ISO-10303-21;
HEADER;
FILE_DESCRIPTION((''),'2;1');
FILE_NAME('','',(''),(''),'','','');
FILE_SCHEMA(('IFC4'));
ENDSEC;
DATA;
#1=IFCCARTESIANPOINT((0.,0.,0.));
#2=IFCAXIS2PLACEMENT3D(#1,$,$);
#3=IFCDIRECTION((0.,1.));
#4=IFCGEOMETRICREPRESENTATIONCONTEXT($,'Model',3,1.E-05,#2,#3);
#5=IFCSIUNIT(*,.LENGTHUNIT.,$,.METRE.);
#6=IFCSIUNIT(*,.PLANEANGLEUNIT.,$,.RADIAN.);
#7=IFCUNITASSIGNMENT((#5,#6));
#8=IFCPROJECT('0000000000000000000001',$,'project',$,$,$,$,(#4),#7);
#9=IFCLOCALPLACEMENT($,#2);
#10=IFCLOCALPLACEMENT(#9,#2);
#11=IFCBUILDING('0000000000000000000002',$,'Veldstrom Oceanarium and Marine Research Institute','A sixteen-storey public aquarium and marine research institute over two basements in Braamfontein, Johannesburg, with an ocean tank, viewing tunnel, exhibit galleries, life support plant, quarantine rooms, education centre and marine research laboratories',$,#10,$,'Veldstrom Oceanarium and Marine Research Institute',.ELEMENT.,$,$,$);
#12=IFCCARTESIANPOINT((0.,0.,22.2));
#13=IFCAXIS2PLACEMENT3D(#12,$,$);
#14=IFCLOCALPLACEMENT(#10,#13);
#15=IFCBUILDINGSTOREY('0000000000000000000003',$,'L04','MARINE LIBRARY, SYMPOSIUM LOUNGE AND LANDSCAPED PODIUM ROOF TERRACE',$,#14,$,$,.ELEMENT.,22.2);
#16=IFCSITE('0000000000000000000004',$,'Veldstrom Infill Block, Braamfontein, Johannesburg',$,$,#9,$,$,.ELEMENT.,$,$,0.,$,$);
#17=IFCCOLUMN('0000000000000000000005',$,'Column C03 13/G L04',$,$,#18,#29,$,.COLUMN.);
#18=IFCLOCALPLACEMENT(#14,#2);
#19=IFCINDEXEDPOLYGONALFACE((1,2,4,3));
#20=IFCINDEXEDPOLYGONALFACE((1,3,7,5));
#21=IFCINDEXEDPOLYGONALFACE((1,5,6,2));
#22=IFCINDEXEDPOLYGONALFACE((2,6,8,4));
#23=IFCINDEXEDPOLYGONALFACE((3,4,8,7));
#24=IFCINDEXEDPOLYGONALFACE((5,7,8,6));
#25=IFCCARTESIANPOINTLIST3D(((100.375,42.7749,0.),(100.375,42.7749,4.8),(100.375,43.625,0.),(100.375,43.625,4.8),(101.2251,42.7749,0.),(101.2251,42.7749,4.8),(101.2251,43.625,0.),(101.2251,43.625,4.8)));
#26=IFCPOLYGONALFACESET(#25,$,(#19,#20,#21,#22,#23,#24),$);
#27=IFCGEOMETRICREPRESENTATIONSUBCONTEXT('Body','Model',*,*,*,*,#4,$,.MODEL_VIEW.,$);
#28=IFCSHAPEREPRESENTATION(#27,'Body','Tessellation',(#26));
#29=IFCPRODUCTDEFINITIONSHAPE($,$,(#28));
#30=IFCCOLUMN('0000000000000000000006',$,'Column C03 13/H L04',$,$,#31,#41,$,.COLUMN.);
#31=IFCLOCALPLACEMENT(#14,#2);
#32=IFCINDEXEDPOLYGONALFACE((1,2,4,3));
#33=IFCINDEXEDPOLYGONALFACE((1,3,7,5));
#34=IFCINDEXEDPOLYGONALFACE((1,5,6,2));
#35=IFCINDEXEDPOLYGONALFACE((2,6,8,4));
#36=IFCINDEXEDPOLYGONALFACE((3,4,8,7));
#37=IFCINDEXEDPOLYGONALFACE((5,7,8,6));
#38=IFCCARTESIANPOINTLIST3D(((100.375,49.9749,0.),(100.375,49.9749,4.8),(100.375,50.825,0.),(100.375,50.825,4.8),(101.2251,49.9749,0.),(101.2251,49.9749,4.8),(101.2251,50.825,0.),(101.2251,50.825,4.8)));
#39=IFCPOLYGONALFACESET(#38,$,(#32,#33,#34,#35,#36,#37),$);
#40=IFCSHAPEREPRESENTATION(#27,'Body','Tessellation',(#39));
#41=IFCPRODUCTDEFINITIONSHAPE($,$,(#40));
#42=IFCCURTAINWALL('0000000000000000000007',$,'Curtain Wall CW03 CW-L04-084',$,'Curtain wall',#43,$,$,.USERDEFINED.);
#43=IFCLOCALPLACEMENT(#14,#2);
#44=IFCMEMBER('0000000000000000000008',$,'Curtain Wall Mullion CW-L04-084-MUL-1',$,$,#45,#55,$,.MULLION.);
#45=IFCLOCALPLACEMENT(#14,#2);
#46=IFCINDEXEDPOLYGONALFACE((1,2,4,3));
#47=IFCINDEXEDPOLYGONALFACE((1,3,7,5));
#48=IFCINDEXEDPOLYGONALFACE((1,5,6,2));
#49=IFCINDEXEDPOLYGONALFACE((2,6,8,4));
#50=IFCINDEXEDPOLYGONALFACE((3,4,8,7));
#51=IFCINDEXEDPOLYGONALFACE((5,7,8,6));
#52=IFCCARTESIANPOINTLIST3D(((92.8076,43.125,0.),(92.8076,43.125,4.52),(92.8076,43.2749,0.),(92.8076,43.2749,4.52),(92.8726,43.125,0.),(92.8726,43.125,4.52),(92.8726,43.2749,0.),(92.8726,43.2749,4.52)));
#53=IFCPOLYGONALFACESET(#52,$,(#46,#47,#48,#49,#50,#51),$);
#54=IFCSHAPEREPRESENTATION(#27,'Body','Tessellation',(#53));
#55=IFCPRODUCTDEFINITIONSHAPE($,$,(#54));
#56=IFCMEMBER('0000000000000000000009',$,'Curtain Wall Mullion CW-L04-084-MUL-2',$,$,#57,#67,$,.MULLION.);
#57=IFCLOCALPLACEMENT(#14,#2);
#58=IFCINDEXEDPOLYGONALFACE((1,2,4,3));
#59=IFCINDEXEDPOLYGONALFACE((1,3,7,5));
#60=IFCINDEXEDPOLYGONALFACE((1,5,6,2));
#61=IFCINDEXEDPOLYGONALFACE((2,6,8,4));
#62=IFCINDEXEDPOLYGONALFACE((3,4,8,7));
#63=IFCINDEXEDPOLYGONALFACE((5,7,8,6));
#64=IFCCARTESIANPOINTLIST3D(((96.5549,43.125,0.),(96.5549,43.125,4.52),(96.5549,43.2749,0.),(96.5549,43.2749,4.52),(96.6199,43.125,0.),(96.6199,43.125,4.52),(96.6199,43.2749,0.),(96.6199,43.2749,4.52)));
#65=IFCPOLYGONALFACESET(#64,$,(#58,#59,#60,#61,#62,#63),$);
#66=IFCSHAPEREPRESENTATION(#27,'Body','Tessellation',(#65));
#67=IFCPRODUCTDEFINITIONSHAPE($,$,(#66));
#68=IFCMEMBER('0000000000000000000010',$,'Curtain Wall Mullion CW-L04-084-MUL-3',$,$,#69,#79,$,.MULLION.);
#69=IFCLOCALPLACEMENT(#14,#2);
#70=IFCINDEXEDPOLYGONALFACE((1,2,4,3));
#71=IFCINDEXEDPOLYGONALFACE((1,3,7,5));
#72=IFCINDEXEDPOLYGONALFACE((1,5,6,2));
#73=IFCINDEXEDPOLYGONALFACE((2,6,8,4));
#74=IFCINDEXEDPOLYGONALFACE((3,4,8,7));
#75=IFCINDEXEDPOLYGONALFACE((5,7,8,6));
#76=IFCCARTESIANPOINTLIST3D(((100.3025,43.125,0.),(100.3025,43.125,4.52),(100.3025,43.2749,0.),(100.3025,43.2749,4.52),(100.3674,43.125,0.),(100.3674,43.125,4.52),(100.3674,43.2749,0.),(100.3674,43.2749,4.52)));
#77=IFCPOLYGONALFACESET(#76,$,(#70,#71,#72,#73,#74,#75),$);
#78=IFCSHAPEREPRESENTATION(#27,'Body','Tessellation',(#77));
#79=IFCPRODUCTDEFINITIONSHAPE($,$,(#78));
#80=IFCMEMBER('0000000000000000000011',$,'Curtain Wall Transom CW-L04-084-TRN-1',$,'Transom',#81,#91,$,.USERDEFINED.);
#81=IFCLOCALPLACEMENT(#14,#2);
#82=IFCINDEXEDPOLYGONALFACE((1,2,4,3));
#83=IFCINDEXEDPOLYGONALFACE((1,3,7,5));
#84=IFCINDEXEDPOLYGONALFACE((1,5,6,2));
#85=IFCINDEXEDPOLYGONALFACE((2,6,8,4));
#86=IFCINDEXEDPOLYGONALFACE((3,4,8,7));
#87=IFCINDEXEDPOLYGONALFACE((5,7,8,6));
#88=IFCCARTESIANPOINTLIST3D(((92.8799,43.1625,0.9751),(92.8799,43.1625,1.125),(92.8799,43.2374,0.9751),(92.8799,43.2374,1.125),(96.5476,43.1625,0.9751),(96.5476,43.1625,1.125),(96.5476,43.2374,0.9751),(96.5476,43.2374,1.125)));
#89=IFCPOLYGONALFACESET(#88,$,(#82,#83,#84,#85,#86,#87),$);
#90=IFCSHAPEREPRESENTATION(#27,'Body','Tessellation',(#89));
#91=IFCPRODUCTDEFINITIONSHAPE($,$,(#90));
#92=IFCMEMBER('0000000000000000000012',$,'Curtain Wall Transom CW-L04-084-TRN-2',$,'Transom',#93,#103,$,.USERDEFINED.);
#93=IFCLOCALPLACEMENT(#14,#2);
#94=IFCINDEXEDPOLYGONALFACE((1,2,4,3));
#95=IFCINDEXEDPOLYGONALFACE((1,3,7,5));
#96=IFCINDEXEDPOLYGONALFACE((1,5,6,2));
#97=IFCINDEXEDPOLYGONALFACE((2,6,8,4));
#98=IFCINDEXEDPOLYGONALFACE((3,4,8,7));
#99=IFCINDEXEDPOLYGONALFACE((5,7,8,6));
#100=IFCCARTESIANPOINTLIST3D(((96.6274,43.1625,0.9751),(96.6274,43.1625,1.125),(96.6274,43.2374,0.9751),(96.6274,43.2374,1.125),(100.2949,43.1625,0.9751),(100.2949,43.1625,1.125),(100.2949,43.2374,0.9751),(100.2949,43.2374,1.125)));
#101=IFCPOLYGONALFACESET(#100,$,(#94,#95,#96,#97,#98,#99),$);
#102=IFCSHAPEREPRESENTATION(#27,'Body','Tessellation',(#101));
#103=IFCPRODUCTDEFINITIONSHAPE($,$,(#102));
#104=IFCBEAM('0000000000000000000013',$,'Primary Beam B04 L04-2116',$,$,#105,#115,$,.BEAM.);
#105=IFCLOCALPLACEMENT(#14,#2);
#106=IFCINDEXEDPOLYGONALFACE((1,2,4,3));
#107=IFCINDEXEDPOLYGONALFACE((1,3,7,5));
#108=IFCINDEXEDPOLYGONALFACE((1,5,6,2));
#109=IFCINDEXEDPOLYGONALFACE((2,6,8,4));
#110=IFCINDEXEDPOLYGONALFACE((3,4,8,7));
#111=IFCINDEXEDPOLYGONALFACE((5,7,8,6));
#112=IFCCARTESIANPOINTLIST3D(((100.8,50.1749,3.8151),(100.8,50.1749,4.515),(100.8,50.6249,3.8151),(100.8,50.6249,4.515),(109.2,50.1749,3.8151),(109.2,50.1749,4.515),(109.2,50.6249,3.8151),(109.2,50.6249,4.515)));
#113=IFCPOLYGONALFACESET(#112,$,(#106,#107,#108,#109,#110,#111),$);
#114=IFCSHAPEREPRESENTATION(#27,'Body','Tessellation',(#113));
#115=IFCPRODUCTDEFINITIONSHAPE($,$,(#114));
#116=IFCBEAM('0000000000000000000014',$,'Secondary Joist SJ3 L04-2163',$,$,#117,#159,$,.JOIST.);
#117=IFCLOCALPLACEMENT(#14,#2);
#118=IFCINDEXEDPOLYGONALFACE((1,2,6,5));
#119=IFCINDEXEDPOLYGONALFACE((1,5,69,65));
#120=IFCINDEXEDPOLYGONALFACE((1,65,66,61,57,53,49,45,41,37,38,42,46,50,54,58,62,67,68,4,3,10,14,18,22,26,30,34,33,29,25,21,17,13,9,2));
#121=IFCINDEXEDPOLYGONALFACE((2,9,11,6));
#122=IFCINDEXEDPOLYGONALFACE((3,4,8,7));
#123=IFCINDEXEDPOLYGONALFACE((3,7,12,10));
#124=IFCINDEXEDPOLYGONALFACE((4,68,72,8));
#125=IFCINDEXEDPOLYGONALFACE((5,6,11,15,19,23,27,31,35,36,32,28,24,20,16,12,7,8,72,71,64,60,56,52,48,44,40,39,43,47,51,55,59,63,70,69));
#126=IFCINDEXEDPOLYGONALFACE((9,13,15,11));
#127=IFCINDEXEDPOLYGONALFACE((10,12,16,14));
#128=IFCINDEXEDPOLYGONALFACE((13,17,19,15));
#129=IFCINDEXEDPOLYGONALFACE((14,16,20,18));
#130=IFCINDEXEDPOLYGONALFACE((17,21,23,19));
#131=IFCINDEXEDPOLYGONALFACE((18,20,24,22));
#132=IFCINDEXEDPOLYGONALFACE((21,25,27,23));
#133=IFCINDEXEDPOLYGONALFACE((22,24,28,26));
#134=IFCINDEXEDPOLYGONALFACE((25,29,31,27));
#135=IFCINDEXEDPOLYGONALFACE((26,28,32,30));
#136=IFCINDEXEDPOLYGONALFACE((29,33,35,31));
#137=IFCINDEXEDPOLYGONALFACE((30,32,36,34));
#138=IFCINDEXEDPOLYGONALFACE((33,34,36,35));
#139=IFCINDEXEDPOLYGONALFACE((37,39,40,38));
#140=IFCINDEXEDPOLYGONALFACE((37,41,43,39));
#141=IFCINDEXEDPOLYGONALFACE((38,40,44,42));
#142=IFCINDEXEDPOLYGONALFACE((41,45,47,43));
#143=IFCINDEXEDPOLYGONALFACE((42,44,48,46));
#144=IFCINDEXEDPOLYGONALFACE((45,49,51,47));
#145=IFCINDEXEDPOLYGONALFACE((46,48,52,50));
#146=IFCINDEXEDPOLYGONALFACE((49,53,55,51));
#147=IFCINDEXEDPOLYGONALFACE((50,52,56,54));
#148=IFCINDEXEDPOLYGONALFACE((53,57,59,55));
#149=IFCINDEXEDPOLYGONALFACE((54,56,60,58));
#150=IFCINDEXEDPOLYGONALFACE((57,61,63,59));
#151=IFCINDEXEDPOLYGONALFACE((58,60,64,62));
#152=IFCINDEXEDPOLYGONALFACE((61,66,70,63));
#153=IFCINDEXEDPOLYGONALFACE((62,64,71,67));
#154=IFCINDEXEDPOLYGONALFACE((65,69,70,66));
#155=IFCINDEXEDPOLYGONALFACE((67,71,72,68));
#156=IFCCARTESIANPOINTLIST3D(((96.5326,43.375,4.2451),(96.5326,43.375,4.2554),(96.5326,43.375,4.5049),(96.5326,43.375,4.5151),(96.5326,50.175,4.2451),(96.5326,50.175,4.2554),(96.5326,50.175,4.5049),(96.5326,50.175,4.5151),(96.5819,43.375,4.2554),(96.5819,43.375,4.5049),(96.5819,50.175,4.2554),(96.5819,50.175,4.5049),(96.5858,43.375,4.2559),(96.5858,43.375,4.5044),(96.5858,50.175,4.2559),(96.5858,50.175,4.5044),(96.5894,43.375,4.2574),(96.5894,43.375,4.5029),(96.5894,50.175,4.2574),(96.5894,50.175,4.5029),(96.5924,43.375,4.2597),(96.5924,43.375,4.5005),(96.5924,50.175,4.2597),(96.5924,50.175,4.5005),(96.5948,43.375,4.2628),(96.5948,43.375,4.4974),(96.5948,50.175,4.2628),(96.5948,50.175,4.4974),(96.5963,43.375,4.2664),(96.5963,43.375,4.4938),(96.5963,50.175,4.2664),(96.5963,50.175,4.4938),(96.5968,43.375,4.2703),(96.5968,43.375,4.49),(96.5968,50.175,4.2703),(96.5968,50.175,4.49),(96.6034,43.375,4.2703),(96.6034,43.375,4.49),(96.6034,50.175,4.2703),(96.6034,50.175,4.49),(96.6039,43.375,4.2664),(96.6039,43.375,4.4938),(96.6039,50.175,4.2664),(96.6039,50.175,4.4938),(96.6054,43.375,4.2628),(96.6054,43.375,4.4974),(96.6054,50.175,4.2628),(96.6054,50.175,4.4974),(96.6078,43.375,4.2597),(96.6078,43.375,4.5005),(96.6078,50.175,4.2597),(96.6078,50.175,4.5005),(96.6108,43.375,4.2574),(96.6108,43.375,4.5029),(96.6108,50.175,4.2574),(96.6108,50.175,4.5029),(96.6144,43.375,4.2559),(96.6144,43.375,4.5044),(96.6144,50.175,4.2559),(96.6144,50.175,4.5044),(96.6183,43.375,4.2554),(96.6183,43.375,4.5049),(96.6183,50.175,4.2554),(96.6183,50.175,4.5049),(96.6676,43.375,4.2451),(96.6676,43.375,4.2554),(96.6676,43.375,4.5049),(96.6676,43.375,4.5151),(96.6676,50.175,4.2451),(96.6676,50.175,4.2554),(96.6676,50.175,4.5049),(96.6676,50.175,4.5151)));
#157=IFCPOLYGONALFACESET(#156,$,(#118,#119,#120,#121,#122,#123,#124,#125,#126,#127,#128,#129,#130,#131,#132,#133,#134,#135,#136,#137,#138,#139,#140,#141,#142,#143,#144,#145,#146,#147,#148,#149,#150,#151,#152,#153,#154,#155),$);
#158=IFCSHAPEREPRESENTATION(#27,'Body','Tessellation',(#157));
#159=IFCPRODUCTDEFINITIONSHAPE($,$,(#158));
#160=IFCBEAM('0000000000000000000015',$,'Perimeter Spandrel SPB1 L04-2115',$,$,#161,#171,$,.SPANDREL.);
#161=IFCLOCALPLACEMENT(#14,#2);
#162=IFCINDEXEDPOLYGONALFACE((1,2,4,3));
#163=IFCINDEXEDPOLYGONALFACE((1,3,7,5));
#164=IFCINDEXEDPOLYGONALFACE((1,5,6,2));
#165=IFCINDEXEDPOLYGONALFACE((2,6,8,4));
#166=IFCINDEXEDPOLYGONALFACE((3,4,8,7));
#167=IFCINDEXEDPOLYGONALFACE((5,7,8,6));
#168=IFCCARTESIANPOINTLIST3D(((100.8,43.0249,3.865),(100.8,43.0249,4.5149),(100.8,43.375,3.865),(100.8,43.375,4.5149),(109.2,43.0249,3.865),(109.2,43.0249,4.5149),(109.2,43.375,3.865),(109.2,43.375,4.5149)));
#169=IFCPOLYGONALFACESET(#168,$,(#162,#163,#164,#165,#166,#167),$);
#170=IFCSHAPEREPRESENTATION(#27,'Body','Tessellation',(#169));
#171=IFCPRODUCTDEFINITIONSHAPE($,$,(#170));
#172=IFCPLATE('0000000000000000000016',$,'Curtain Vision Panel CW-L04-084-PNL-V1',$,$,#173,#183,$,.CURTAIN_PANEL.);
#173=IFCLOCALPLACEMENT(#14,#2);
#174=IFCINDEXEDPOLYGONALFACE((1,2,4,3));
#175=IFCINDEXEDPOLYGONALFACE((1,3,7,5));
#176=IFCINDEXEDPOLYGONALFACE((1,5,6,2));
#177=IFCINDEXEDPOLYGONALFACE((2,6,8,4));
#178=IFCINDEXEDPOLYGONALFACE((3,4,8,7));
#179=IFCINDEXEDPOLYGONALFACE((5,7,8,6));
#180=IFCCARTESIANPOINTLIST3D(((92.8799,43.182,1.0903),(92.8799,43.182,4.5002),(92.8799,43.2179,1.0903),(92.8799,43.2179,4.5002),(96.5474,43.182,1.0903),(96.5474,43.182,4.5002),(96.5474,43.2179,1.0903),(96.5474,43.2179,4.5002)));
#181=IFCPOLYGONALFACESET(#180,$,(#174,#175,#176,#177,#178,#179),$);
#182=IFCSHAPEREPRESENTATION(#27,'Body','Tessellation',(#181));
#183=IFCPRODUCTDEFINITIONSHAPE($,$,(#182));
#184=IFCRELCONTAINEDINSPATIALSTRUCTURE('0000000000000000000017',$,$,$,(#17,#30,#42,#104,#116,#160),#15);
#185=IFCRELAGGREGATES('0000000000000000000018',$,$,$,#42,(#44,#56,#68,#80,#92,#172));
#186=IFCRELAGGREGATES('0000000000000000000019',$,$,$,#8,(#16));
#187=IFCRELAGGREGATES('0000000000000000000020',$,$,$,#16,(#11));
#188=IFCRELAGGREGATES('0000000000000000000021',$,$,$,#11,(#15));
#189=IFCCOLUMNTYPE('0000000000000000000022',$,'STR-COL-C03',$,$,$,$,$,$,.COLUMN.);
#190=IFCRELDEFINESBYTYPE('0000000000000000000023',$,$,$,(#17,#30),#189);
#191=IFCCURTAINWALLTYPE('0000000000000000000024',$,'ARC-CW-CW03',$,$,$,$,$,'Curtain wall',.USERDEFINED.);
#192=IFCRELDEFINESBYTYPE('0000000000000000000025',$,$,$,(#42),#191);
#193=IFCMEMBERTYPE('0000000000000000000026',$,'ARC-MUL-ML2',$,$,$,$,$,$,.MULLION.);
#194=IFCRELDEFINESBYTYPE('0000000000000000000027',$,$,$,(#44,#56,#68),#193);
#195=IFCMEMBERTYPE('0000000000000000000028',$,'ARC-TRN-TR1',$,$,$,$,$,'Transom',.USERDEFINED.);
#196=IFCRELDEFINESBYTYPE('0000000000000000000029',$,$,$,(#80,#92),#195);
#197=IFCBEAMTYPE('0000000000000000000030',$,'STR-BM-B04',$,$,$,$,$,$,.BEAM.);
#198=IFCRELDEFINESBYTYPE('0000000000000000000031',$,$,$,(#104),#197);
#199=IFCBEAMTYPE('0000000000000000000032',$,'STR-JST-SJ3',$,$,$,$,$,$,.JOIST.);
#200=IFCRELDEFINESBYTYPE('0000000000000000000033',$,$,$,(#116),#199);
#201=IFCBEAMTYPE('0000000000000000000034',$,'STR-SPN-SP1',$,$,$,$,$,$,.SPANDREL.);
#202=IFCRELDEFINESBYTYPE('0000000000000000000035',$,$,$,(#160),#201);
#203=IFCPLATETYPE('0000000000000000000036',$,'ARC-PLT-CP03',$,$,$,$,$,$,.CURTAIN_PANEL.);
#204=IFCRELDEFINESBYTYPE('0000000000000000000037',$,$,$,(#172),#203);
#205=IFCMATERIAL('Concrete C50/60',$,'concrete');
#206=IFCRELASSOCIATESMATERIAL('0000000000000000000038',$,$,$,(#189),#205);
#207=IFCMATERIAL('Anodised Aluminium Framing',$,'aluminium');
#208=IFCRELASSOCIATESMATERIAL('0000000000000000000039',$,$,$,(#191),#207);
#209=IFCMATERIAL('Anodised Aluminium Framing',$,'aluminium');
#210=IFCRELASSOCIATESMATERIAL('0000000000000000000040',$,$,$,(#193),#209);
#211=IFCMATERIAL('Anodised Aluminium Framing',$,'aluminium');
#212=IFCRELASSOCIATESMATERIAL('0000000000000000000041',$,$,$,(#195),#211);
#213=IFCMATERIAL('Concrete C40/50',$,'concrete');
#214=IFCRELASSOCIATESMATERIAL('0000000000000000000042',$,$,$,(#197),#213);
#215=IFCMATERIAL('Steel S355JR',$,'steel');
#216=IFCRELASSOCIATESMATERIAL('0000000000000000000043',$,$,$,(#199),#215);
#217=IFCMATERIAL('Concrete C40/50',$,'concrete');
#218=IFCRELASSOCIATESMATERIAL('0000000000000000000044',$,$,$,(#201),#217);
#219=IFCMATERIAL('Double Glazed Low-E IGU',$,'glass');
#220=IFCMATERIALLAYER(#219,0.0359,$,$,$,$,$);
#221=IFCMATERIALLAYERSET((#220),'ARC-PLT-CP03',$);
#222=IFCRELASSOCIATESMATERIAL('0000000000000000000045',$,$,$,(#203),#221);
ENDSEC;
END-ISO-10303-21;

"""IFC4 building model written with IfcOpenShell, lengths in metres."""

from ifc_helpers import new_model, si_unit, direction, frame, origin, origin_2d, place, context, subcontext, project, spatial, rectangle, i_section, extrude, material, layer, layer_set, material_profile, profile_set, type_object, element, aggregate, save


model = new_model("IFC4")

# Units and contexts
model_context = context("Model", 3, precision=1e-05, world=origin(), true_north=direction((0.0, 1.0)))
body_context = subcontext(model_context, "Body", "Model", "MODEL_VIEW")
ifc_project = project(units=[si_unit("LENGTHUNIT", "METRE"), si_unit("PLANEANGLEUNIT", "RADIAN")], contexts=[model_context])

# Site, building, storey
site_placement = place(None, origin())
site = spatial("IfcSite", under=ifc_project, at=site_placement, Name="Veldstrom Infill Block, Braamfontein, Johannesburg", CompositionType="ELEMENT", RefElevation=0.0)
building_placement = place(site_placement, origin())
building = spatial("IfcBuilding", under=site, at=building_placement, Name="Veldstrom Oceanarium and Marine Research Institute", Description="A sixteen-storey public aquarium and marine research institute over two basements in Braamfontein, Johannesburg, with an ocean tank, viewing tunnel, exhibit galleries, life support plant, quarantine rooms, education centre and marine research laboratories", LongName="Veldstrom Oceanarium and Marine Research Institute", CompositionType="ELEMENT")
storey_placement = place(building_placement, frame((0.0, 0.0, 22.2)))
storey = spatial("IfcBuildingStorey", under=building, at=storey_placement, Name="L04", Description="MARINE LIBRARY, SYMPOSIUM LOUNGE AND LANDSCAPED PODIUM ROOF TERRACE", CompositionType="ELEMENT", Elevation=22.2)

# Columns
ifc_material_1 = material(Name="Concrete C50/60", Category="concrete")
ifc_material_profile_1 = material_profile(ifc_material_1, rectangle(XDim=0.8501, YDim=0.8501, at=origin_2d()), Name="RC-COL-850x850")
ifc_profile_set_1 = profile_set([ifc_material_profile_1], Name="Concrete C50/60")
column_type = type_object("IfcColumnType", Name="STR-COL-C03", PredefinedType="COLUMN", material=ifc_profile_set_1)
for number, where, z_axis, x_axis, name in (
    (1, (100.8, 43.2, 0.0), (0.0, 0.0, 1.0), (1.0, 0.0, 0.0), "Column C03 13/G L04"),
    (2, (100.8, 50.3999, 0.0), (0.0, 0.0, 1.0), (1.0, 0.0, 0.0), "Column C03 13/H L04"),
):
    element("IfcColumn", number, at=place(storey_placement, frame(where, z_axis=z_axis, x_axis=x_axis)), inside=storey, type_object=column_type, Name=name, PredefinedType="COLUMN", context=body_context, shape_type="SweptSolid", body=[
        extrude(rectangle(XDim=0.8501, YDim=0.8501, at=origin_2d()), origin(), (0.0, 0.0, 1.0), 4.8),
    ])

# Curtain wall, members
ifc_material_2 = material(Name="Anodised Aluminium Framing", Category="aluminium")
curtain_wall_type = type_object("IfcCurtainWallType", Name="ARC-CW-CW03", ElementType="Curtain wall", PredefinedType="USERDEFINED", material=ifc_material_2)
curtain_wall_placement = place(storey_placement, origin())
curtain_wall = element("IfcCurtainWall", 3, at=curtain_wall_placement, inside=storey, type_object=curtain_wall_type, Name="Curtain Wall CW03 CW-L04-084", ObjectType="Curtain wall", PredefinedType="USERDEFINED")
ifc_material_3 = material(Name="Anodised Aluminium Framing", Category="aluminium")
ifc_material_profile_2 = material_profile(ifc_material_3, rectangle(XDim=0.0649, YDim=0.1499, at=origin_2d()), Name="ALU-MUL-65x150")
ifc_profile_set_2 = profile_set([ifc_material_profile_2], Name="Anodised Aluminium Framing")
member_type_1 = type_object("IfcMemberType", Name="ARC-MUL-ML2", PredefinedType="MULLION", material=ifc_profile_set_2)
member_1_placement = place(storey_placement, frame((92.8401, 43.2, 0.0), z_axis=(0.0, 0.0, 1.0), x_axis=(1.0, 0.0, 0.0)))
member_1 = element("IfcMember", 4, at=member_1_placement, type_object=member_type_1, Name="Curtain Wall Mullion CW-L04-084-MUL-1", PredefinedType="MULLION", context=body_context, shape_type="SweptSolid", body=[
    extrude(rectangle(XDim=0.0649, YDim=0.1499, at=origin_2d()), origin(), (0.0, 0.0, 1.0), 4.52),
])
member_2_placement = place(storey_placement, frame((96.5874, 43.2, 0.0), z_axis=(0.0, 0.0, 1.0), x_axis=(1.0, 0.0, 0.0)))
member_2 = element("IfcMember", 5, at=member_2_placement, type_object=member_type_1, Name="Curtain Wall Mullion CW-L04-084-MUL-2", PredefinedType="MULLION", context=body_context, shape_type="SweptSolid", body=[
    extrude(rectangle(XDim=0.0649, YDim=0.1499, at=origin_2d()), origin(), (0.0, 0.0, 1.0), 4.52),
])
member_3_placement = place(storey_placement, frame((100.335, 43.2, 0.0), z_axis=(0.0, 0.0, 1.0), x_axis=(1.0, 0.0, 0.0)))
member_3 = element("IfcMember", 6, at=member_3_placement, type_object=member_type_1, Name="Curtain Wall Mullion CW-L04-084-MUL-3", PredefinedType="MULLION", context=body_context, shape_type="SweptSolid", body=[
    extrude(rectangle(XDim=0.0649, YDim=0.1499, at=origin_2d()), origin(), (0.0, 0.0, 1.0), 4.52),
])
ifc_material_4 = material(Name="Anodised Aluminium Framing", Category="aluminium")
ifc_material_profile_3 = material_profile(ifc_material_4, rectangle(XDim=0.075, YDim=0.1499, at=origin_2d()), Name="ALU-TRN-75x150")
ifc_profile_set_3 = profile_set([ifc_material_profile_3], Name="Anodised Aluminium Framing")
member_type_2 = type_object("IfcMemberType", Name="ARC-TRN-TR1", ElementType="Transom", PredefinedType="USERDEFINED", material=ifc_profile_set_3)
member_4_placement = place(storey_placement, frame((92.8799, 43.2, 1.05), z_axis=(1.0, 0.0, 0.0), x_axis=(0.0, 1.0, 0.0)))
member_4 = element("IfcMember", 7, at=member_4_placement, type_object=member_type_2, Name="Curtain Wall Transom CW-L04-084-TRN-1", ObjectType="Transom", PredefinedType="USERDEFINED", context=body_context, shape_type="SweptSolid", body=[
    extrude(rectangle(XDim=0.075, YDim=0.1499, at=origin_2d()), origin(), (0.0, 0.0, 1.0), 3.6677),
])
member_5_placement = place(storey_placement, frame((96.6274, 43.2, 1.05), z_axis=(1.0, 0.0, 0.0), x_axis=(0.0, 1.0, 0.0)))
member_5 = element("IfcMember", 8, at=member_5_placement, type_object=member_type_2, Name="Curtain Wall Transom CW-L04-084-TRN-2", ObjectType="Transom", PredefinedType="USERDEFINED", context=body_context, shape_type="SweptSolid", body=[
    extrude(rectangle(XDim=0.075, YDim=0.1499, at=origin_2d()), origin(), (0.0, 0.0, 1.0), 3.6675),
])

# Beams
ifc_material_5 = material(Name="Concrete C40/50", Category="concrete")
ifc_material_profile_4 = material_profile(ifc_material_5, rectangle(XDim=0.45, YDim=0.7, at=origin_2d()), Name="RC-BM-450x700")
ifc_profile_set_4 = profile_set([ifc_material_profile_4], Name="Concrete C40/50")
beam_type_1 = type_object("IfcBeamType", Name="STR-BM-B04", PredefinedType="BEAM", material=ifc_profile_set_4)
beam_1_placement = place(storey_placement, frame((100.8, 50.3999, 4.165), z_axis=(1.0, 0.0, 0.0), x_axis=(0.0, 1.0, 0.0)))
element("IfcBeam", 9, at=beam_1_placement, inside=storey, type_object=beam_type_1, Name="Primary Beam B04 L04-2116", PredefinedType="BEAM", context=body_context, shape_type="SweptSolid", body=[
    extrude(rectangle(XDim=0.45, YDim=0.7, at=origin_2d()), origin(), (0.0, 0.0, 1.0), 8.3999),
])
ifc_material_6 = material(Name="Steel S355JR", Category="steel")
ifc_material_profile_5 = material_profile(ifc_material_6, i_section(OverallWidth=0.135, OverallDepth=0.27, WebThickness=0.0066, FlangeThickness=0.0103, FilletRadius=0.0149, at=origin_2d()), Name="IPE 270")
ifc_profile_set_5 = profile_set([ifc_material_profile_5], Name="Steel S355JR")
beam_type_2 = type_object("IfcBeamType", Name="STR-JST-SJ3", PredefinedType="JOIST", material=ifc_profile_set_5)
beam_2_placement = place(storey_placement, frame((96.6001, 43.375, 4.3801), z_axis=(0.0, 1.0, 0.0), x_axis=(-1.0, 0.0, 0.0)))
element("IfcBeam", 10, at=beam_2_placement, inside=storey, type_object=beam_type_2, Name="Secondary Joist SJ3 L04-2163", PredefinedType="JOIST", context=body_context, shape_type="SweptSolid", body=[
    extrude(i_section(OverallWidth=0.135, OverallDepth=0.27, WebThickness=0.0066, FlangeThickness=0.0103, FilletRadius=0.0149, at=origin_2d()), origin(), (0.0, 0.0, 1.0), 6.8),
])
ifc_material_7 = material(Name="Concrete C40/50", Category="concrete")
ifc_material_profile_6 = material_profile(ifc_material_7, rectangle(XDim=0.3501, YDim=0.6499, at=origin_2d()), Name="RC-SPN-350x650")
ifc_profile_set_6 = profile_set([ifc_material_profile_6], Name="Concrete C40/50")
beam_type_3 = type_object("IfcBeamType", Name="STR-SPN-SP1", PredefinedType="SPANDREL", material=ifc_profile_set_6)
beam_3_placement = place(storey_placement, frame((100.8, 43.2, 4.1899), z_axis=(1.0, 0.0, 0.0), x_axis=(0.0, 1.0, 0.0)))
element("IfcBeam", 11, at=beam_3_placement, inside=storey, type_object=beam_type_3, Name="Perimeter Spandrel SPB1 L04-2115", PredefinedType="SPANDREL", context=body_context, shape_type="SweptSolid", body=[
    extrude(rectangle(XDim=0.3501, YDim=0.6499, at=origin_2d()), origin(), (0.0, 0.0, 1.0), 8.3999),
])

# Plate
ifc_material_8 = material(Name="Double Glazed Low-E IGU", Category="glass")
ifc_layer_1 = layer(ifc_material_8, 0.0359)
ifc_layer_set_1 = layer_set([ifc_layer_1], Name="ARC-PLT-CP03")
plate_type_1 = type_object("IfcPlateType", Name="ARC-PLT-CP03", PredefinedType="CURTAIN_PANEL", material=ifc_layer_set_1)
plate_1_placement = place(storey_placement, frame((94.7136, 43.2, 1.0903), z_axis=(0.0, 0.0, 1.0), x_axis=(1.0, 0.0, 0.0)))
plate_1 = element("IfcPlate", 12, at=plate_1_placement, type_object=plate_type_1, Name="Curtain Vision Panel CW-L04-084-PNL-V1", PredefinedType="CURTAIN_PANEL", context=body_context, shape_type="SweptSolid", body=[
    extrude(rectangle(XDim=3.6675, YDim=0.0359, at=origin_2d()), origin(), (0.0, 0.0, 1.0), 3.4099),
])
aggregate(curtain_wall, [member_1, member_2, member_3, member_4, member_5, plate_1])

save(model, "model.ifc")
